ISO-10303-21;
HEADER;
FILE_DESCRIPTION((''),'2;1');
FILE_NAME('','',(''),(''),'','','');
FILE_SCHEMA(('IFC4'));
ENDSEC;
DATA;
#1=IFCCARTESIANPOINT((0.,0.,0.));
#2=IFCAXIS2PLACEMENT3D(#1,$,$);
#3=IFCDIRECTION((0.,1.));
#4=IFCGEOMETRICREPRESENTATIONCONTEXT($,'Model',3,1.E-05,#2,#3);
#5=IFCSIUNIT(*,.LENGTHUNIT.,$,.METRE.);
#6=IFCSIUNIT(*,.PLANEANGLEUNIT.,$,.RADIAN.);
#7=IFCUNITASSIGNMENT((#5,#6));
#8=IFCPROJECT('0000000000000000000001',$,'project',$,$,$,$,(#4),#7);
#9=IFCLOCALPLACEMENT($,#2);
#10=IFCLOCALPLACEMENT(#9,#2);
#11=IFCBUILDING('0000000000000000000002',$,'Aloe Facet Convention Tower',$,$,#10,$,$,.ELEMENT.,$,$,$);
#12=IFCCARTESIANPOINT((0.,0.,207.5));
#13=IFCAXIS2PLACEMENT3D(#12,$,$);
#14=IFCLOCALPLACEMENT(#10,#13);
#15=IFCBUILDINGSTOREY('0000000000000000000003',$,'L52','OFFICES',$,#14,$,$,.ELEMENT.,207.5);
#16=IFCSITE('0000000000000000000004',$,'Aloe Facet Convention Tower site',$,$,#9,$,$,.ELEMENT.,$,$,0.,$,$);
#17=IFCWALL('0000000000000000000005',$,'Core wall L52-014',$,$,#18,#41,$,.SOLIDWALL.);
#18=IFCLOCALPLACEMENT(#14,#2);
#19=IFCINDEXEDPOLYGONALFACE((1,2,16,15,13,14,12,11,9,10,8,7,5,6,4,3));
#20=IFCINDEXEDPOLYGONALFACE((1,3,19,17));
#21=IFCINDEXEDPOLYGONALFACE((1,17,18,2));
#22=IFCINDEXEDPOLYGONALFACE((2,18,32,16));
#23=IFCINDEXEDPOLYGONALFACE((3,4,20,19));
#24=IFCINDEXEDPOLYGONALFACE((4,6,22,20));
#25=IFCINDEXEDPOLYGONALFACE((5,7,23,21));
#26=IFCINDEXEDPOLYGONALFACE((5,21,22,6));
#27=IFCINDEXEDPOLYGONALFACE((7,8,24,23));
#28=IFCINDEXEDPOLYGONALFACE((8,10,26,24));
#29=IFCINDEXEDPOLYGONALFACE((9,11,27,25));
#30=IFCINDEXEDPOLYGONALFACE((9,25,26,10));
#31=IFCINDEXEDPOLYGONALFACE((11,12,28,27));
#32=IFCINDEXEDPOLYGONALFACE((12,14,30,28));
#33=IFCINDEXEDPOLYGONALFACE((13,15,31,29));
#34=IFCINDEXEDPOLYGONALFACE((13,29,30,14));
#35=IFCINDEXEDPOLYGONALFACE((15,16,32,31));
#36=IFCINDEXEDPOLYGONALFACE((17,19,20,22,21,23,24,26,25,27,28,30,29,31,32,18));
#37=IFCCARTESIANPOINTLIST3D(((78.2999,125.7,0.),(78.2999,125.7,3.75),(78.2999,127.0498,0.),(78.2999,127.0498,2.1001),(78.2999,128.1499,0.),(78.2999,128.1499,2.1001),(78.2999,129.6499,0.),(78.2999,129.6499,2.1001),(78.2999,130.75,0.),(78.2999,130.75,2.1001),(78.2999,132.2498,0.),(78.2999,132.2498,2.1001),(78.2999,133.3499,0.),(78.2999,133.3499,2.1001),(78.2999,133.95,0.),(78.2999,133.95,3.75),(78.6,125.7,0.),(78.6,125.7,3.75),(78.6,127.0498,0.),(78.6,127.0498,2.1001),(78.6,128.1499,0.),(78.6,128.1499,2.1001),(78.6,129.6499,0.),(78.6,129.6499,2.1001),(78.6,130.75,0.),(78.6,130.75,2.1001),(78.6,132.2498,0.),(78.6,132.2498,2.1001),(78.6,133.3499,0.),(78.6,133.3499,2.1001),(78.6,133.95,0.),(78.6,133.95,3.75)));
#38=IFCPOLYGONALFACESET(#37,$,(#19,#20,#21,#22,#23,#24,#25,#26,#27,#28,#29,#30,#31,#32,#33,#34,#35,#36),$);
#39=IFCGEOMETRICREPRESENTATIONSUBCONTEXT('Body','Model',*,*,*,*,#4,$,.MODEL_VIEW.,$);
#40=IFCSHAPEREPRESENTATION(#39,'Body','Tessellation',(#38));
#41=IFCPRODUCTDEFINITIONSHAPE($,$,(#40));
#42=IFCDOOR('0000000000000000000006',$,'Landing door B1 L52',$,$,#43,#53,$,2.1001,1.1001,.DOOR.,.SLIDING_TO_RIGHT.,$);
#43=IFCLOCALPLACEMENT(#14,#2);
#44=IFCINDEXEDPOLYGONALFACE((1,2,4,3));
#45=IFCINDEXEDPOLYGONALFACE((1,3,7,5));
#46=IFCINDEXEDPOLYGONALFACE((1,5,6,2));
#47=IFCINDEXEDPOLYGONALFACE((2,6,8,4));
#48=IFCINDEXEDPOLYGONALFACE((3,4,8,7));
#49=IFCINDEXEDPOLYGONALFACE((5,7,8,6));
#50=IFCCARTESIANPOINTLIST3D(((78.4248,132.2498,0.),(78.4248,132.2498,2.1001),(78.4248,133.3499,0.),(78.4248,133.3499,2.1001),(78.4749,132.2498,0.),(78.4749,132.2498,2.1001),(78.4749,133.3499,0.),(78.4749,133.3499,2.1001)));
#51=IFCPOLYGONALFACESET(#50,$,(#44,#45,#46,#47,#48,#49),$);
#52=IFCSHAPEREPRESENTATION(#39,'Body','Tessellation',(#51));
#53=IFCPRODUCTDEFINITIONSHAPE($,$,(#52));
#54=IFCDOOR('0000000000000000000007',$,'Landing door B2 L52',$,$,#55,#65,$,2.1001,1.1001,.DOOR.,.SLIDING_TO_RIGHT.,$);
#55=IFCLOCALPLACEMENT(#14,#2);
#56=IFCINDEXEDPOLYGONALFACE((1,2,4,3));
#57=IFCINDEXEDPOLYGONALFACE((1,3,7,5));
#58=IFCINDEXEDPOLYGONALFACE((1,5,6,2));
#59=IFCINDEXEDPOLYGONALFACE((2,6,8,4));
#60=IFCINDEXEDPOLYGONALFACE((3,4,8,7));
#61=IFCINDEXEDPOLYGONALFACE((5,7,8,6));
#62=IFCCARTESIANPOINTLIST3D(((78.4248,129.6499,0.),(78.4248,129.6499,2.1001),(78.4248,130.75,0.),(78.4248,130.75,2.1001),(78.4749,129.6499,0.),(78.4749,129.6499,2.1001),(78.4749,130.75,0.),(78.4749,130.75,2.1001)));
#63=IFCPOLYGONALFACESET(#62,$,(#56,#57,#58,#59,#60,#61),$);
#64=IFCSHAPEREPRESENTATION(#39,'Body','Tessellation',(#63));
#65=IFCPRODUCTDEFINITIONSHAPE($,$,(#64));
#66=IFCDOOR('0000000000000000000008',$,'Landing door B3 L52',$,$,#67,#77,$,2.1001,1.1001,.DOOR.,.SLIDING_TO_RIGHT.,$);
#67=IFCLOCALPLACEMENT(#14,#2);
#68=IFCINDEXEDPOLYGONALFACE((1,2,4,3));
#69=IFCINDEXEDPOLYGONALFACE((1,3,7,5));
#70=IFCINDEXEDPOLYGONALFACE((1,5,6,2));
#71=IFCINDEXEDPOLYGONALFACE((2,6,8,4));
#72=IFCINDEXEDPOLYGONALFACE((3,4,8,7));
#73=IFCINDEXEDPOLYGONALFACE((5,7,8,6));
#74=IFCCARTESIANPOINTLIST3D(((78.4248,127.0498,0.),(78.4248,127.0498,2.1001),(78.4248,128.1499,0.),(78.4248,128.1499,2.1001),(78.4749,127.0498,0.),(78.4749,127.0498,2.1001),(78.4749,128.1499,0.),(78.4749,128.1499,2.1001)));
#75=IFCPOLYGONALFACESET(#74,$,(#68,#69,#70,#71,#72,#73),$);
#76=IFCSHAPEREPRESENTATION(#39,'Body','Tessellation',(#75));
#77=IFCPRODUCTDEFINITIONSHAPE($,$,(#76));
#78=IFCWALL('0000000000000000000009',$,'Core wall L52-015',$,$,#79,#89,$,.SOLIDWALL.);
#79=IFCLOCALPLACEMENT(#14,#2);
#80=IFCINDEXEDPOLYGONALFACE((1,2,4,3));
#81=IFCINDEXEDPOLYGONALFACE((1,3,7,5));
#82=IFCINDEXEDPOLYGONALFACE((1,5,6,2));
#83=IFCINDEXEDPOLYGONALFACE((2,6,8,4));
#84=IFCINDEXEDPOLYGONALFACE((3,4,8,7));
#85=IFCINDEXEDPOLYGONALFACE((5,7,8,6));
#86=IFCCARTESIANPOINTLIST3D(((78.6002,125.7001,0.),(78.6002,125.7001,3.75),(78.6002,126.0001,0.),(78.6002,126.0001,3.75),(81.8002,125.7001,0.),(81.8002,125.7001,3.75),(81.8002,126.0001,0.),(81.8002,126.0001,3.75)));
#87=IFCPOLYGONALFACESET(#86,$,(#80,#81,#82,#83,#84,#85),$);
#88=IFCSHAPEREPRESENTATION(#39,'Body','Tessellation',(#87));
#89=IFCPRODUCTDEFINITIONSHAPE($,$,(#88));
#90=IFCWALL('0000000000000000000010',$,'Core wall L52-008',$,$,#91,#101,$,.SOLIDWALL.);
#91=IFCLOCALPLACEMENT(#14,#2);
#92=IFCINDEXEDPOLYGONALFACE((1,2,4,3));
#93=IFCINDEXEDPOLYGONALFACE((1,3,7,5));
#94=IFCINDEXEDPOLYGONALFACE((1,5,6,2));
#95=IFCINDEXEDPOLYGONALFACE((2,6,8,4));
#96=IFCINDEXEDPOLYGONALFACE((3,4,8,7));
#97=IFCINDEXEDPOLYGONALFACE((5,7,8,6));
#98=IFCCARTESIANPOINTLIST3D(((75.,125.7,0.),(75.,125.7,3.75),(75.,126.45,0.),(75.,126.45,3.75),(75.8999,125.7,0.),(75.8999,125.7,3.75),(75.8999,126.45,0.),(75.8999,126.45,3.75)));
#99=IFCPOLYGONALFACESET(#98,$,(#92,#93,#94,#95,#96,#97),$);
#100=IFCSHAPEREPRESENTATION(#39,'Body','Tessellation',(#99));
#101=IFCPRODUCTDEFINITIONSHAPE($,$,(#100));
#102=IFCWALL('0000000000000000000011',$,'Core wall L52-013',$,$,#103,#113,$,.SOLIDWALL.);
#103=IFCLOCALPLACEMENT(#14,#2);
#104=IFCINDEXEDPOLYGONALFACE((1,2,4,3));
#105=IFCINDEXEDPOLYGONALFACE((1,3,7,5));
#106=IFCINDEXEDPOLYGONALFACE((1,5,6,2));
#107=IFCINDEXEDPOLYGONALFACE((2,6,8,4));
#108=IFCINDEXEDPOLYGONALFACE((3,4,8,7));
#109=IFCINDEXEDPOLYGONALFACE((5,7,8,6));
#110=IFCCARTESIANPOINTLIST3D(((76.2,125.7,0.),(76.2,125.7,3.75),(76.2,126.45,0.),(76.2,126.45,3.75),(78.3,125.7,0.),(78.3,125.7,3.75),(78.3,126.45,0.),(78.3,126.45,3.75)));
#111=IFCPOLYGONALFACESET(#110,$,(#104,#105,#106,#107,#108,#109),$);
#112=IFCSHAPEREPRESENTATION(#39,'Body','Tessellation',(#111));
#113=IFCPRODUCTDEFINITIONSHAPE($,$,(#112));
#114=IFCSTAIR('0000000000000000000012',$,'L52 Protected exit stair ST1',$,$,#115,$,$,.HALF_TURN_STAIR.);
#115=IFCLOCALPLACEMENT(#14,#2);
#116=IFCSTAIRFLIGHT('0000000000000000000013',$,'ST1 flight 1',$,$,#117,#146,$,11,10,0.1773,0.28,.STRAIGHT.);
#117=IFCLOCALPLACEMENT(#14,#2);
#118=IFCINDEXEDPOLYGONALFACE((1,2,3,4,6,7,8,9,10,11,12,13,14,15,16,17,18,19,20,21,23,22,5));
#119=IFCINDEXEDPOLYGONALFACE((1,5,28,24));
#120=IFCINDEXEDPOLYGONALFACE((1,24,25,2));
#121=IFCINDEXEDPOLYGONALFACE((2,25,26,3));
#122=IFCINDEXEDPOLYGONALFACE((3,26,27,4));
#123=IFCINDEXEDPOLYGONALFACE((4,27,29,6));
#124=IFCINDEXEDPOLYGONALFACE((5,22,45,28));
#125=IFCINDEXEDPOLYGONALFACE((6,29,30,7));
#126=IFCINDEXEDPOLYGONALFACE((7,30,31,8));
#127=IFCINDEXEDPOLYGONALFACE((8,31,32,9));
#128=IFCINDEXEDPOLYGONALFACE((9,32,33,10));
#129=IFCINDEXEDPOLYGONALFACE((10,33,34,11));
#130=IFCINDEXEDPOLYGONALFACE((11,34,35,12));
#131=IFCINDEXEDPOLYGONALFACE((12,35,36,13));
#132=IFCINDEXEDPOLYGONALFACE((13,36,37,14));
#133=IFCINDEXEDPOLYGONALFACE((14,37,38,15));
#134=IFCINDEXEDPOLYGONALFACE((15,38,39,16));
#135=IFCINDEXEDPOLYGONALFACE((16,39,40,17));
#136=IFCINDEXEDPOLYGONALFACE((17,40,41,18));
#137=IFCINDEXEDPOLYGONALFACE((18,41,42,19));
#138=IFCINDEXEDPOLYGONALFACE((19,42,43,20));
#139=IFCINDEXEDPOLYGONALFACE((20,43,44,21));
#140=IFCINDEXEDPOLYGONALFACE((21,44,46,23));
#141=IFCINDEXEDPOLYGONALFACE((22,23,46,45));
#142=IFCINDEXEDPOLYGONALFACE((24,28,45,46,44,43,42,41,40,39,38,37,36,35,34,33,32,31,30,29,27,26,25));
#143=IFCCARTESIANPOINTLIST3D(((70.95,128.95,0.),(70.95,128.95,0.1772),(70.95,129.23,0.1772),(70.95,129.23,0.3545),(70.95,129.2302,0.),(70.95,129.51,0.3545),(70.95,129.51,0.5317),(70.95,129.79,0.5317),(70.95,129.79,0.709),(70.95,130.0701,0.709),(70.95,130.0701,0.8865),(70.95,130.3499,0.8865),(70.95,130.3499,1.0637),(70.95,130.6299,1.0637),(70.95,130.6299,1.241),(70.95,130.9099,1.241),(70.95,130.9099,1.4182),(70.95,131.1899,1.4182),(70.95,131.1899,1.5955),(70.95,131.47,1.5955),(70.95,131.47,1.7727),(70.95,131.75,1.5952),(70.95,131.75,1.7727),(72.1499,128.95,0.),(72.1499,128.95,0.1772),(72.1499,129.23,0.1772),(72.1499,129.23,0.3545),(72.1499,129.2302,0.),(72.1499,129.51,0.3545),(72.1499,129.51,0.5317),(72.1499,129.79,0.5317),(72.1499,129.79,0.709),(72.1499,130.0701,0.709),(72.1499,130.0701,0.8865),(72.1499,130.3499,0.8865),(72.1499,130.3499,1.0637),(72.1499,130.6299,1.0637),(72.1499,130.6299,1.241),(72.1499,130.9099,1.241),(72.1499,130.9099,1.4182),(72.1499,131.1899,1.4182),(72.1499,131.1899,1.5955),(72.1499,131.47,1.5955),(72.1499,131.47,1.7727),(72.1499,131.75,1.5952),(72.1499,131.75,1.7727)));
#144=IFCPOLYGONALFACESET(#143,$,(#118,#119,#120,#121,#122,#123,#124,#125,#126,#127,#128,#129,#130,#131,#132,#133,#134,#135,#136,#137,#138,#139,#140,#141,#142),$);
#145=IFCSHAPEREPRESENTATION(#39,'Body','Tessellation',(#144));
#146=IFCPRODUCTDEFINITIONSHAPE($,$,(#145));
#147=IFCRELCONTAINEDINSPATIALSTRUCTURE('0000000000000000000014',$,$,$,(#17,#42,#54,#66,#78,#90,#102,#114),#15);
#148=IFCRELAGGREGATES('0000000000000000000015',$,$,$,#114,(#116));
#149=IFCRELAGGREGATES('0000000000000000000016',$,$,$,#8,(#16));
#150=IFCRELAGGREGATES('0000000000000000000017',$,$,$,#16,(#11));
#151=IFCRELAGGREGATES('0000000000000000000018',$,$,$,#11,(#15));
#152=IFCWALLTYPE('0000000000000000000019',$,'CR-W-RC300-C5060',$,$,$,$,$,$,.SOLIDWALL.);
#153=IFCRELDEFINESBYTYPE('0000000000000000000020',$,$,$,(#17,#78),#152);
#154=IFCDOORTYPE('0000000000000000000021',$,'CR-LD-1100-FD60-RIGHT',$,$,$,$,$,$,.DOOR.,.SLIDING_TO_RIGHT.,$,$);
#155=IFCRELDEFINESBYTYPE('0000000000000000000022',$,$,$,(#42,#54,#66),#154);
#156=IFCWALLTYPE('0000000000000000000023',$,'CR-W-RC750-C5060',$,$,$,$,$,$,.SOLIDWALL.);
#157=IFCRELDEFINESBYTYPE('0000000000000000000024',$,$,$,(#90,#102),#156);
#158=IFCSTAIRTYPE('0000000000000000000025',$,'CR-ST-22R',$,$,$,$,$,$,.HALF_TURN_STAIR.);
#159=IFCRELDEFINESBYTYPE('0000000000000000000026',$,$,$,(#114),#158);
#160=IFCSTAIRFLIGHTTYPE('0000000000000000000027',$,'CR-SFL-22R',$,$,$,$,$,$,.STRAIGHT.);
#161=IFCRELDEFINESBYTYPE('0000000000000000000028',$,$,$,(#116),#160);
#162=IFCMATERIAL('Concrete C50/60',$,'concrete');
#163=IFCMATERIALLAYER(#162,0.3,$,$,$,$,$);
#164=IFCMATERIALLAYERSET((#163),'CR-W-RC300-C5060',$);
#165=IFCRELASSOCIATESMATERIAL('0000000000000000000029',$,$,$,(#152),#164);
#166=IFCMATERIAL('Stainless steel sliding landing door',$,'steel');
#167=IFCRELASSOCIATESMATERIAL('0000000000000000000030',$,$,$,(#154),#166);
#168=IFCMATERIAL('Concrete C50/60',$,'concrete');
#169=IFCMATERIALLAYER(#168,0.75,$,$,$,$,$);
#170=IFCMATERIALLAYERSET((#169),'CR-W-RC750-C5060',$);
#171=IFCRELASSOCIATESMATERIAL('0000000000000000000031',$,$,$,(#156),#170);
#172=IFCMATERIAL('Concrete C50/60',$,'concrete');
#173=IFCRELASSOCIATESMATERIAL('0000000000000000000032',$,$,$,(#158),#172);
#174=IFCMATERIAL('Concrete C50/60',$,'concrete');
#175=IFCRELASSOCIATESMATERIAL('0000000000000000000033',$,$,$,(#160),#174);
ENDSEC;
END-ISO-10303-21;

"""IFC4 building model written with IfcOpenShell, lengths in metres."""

from ifc_helpers import new_model, si_unit, direction, frame, frame_2d, origin, place, context, subcontext, project, spatial, polyline, rectangle, outline, extrude, material, layer, layer_set, type_object, element, fill, aggregate, save


model = new_model("IFC4")

# Units and contexts
model_context = context("Model", 3, precision=1e-05, world=origin(), true_north=direction((0.0, 1.0)))
body_context = subcontext(model_context, "Body", "Model", "MODEL_VIEW")
ifc_project = project(units=[si_unit("LENGTHUNIT", "METRE"), si_unit("PLANEANGLEUNIT", "RADIAN")], contexts=[model_context])

# Site, building, storey
site_placement = place(None, origin())
site = spatial("IfcSite", under=ifc_project, at=site_placement, Name="Aloe Facet Convention Tower site", CompositionType="ELEMENT", RefElevation=0.0)
building_placement = place(site_placement, origin())
building = spatial("IfcBuilding", under=site, at=building_placement, Name="Aloe Facet Convention Tower", CompositionType="ELEMENT")
storey_placement = place(building_placement, frame((0.0, 0.0, 207.5)))
storey = spatial("IfcBuildingStorey", under=building, at=storey_placement, Name="L52", Description="OFFICES", CompositionType="ELEMENT", Elevation=207.5)

# Shared definitions
ifc_material_1 = material(Name="Concrete C50/60", Category="concrete")
ifc_layer_1 = layer(ifc_material_1, 0.3)
ifc_layer_set_1 = layer_set([ifc_layer_1], Name="CR-W-RC300-C5060")
wall_type_1 = type_object("IfcWallType", Name="CR-W-RC300-C5060", PredefinedType="SOLIDWALL", material=ifc_layer_set_1)

# Wall, openings, doors
wall_1_placement = place(storey_placement, frame((78.45, 133.95, 0.0), z_axis=(0.0, 0.0, 1.0), x_axis=(0.0, -1.0, 0.0)))
wall_1 = element("IfcWall", 1, at=wall_1_placement, inside=storey, type_object=wall_type_1, Name="Core wall L52-014", PredefinedType="SOLIDWALL", context=body_context, shape_type="SweptSolid", body=[
    extrude(rectangle(XDim=8.25, YDim=0.3, at=frame_2d((4.125, 0.0))), origin(), (0.0, 0.0, 1.0), 3.75),
])
opening_1_placement = place(wall_1_placement, frame((0.6001, 0.0, 0.0)))
opening_1 = element("IfcOpeningElement", 2, at=opening_1_placement, cuts=wall_1, PredefinedType="OPENING", context=body_context, shape_type="SweptSolid", body=[
    extrude(rectangle(XDim=1.1001, YDim=2.1001, at=frame_2d((0.55, 1.05))), frame((0.0, 0.1602, 0.0), z_axis=(0.0, -1.0, 0.0), x_axis=(1.0, 0.0, 0.0)), (0.0, 0.0, 1.0), 0.3201),
])
opening_2_placement = place(wall_1_placement, frame((3.2, 0.0, 0.0)))
opening_2 = element("IfcOpeningElement", 3, at=opening_2_placement, cuts=wall_1, PredefinedType="OPENING", context=body_context, shape_type="SweptSolid", body=[
    extrude(rectangle(XDim=1.1001, YDim=2.1001, at=frame_2d((0.55, 1.05))), frame((0.0, 0.1602, 0.0), z_axis=(0.0, -1.0, 0.0), x_axis=(1.0, 0.0, 0.0)), (0.0, 0.0, 1.0), 0.3201),
])
opening_3_placement = place(wall_1_placement, frame((5.8, 0.0, 0.0)))
opening_3 = element("IfcOpeningElement", 4, at=opening_3_placement, cuts=wall_1, PredefinedType="OPENING", context=body_context, shape_type="SweptSolid", body=[
    extrude(rectangle(XDim=1.1001, YDim=2.1001, at=frame_2d((0.55, 1.05))), frame((0.0, 0.1602, 0.0), z_axis=(0.0, -1.0, 0.0), x_axis=(1.0, 0.0, 0.0)), (0.0, 0.0, 1.0), 0.3201),
])
ifc_material_2 = material(Name="Stainless steel sliding landing door", Category="steel")
door_type_1 = type_object("IfcDoorType", Name="CR-LD-1100-FD60-RIGHT", OperationType="SLIDING_TO_RIGHT", PredefinedType="DOOR", material=ifc_material_2)
door_1_placement = place(opening_1_placement, origin())
door_1 = element("IfcDoor", 5, at=door_1_placement, inside=storey, type_object=door_type_1, Name="Landing door B1 L52", OperationType="SLIDING_TO_RIGHT", OverallHeight=2.1001, OverallWidth=1.1001, PredefinedType="DOOR", context=body_context, shape_type="SweptSolid", body=[
    extrude(rectangle(XDim=1.1001, YDim=2.1001, at=frame_2d((0.55, 1.05))), frame((0.0, 0.0249, 0.0), z_axis=(0.0, -1.0, 0.0), x_axis=(1.0, 0.0, 0.0)), (0.0, 0.0, 1.0), 0.05),
])
fill(opening_1, door_1)
door_2_placement = place(opening_2_placement, origin())
door_2 = element("IfcDoor", 6, at=door_2_placement, inside=storey, type_object=door_type_1, Name="Landing door B2 L52", OperationType="SLIDING_TO_RIGHT", OverallHeight=2.1001, OverallWidth=1.1001, PredefinedType="DOOR", context=body_context, shape_type="SweptSolid", body=[
    extrude(rectangle(XDim=1.1001, YDim=2.1001, at=frame_2d((0.55, 1.05))), frame((0.0, 0.0249, 0.0), z_axis=(0.0, -1.0, 0.0), x_axis=(1.0, 0.0, 0.0)), (0.0, 0.0, 1.0), 0.05),
])
fill(opening_2, door_2)
door_3_placement = place(opening_3_placement, origin())
door_3 = element("IfcDoor", 7, at=door_3_placement, inside=storey, type_object=door_type_1, Name="Landing door B3 L52", OperationType="SLIDING_TO_RIGHT", OverallHeight=2.1001, OverallWidth=1.1001, PredefinedType="DOOR", context=body_context, shape_type="SweptSolid", body=[
    extrude(rectangle(XDim=1.1001, YDim=2.1001, at=frame_2d((0.55, 1.05))), frame((0.0, 0.0249, 0.0), z_axis=(0.0, -1.0, 0.0), x_axis=(1.0, 0.0, 0.0)), (0.0, 0.0, 1.0), 0.05),
])
fill(opening_3, door_3)

# Walls
wall_2_placement = place(storey_placement, frame((78.6001, 125.8501, 0.0), z_axis=(0.0, 0.0, 1.0), x_axis=(1.0, 0.0, 0.0)))
element("IfcWall", 8, at=wall_2_placement, inside=storey, type_object=wall_type_1, Name="Core wall L52-015", PredefinedType="SOLIDWALL", context=body_context, shape_type="SweptSolid", body=[
    extrude(rectangle(XDim=3.2, YDim=0.3, at=frame_2d((1.6001, 0.0))), origin(), (0.0, 0.0, 1.0), 3.75),
])
ifc_material_3 = material(Name="Concrete C50/60", Category="concrete")
ifc_layer_2 = layer(ifc_material_3, 0.75)
ifc_layer_set_2 = layer_set([ifc_layer_2], Name="CR-W-RC750-C5060")
wall_type_2 = type_object("IfcWallType", Name="CR-W-RC750-C5060", PredefinedType="SOLIDWALL", material=ifc_layer_set_2)
wall_3_placement = place(storey_placement, frame((75.0, 126.075, 0.0), z_axis=(0.0, 0.0, 1.0), x_axis=(1.0, 0.0, 0.0)))
element("IfcWall", 9, at=wall_3_placement, inside=storey, type_object=wall_type_2, Name="Core wall L52-008", PredefinedType="SOLIDWALL", context=body_context, shape_type="SweptSolid", body=[
    extrude(rectangle(XDim=0.8999, YDim=0.75, at=frame_2d((0.45, 0.0))), origin(), (0.0, 0.0, 1.0), 3.75),
])
wall_4_placement = place(storey_placement, frame((76.2, 126.075, 0.0), z_axis=(0.0, 0.0, 1.0), x_axis=(1.0, 0.0, 0.0)))
element("IfcWall", 10, at=wall_4_placement, inside=storey, type_object=wall_type_2, Name="Core wall L52-013", PredefinedType="SOLIDWALL", context=body_context, shape_type="SweptSolid", body=[
    extrude(rectangle(XDim=2.1001, YDim=0.75, at=frame_2d((1.05, 0.0))), origin(), (0.0, 0.0, 1.0), 3.75),
])

# Stair, stair flight
ifc_material_4 = material(Name="Concrete C50/60", Category="concrete")
stair_type = type_object("IfcStairType", Name="CR-ST-22R", PredefinedType="HALF_TURN_STAIR", material=ifc_material_4)
stair_1_placement = place(storey_placement, origin())
stair_1 = element("IfcStair", 11, at=stair_1_placement, inside=storey, type_object=stair_type, Name="L52 Protected exit stair ST1", PredefinedType="HALF_TURN_STAIR")
ifc_material_5 = material(Name="Concrete C50/60", Category="concrete")
stair_flight_type = type_object("IfcStairFlightType", Name="CR-SFL-22R", PredefinedType="STRAIGHT", material=ifc_material_5)
stair_flight_1_placement = place(storey_placement, frame((71.55, 128.95, 0.0), z_axis=(0.0, 0.0, 1.0), x_axis=(0.0, 1.0, 0.0)))
stair_flight_1 = element("IfcStairFlight", 12, at=stair_flight_1_placement, type_object=stair_flight_type, Name="ST1 flight 1", NumberOfRisers=11, NumberOfTreads=10, PredefinedType="STRAIGHT", RiserHeight=0.1773, TreadLength=0.28, context=body_context, shape_type="SweptSolid", body=[
    extrude(outline(polyline([(0.0, 0.0), (0.0, 0.1772), (0.28, 0.1772), (0.28, 0.3545), (0.5601, 0.3545), (0.5601, 0.5317), (0.8401, 0.5317), (0.8401, 0.709), (1.1201, 0.709), (1.1201, 0.8865), (1.3999, 0.8865), (1.3999, 1.0637), (1.6799, 1.0637), (1.6799, 1.241), (1.96, 1.241), (1.96, 1.4182), (2.24, 1.4182), (2.24, 1.5955), (2.52, 1.5955), (2.52, 1.7727), (2.8, 1.7727), (2.8, 1.95), (2.8, 1.5952), (0.2803, 0.0), (0.0, 0.0)])), frame((0.0, 0.6001, 0.0), z_axis=(0.0, -1.0, 0.0), x_axis=(1.0, 0.0, 0.0)), (0.0, 0.0, 1.0), 1.2),
])
aggregate(stair_1, [stair_flight_1])

save(model, "model.ifc")
